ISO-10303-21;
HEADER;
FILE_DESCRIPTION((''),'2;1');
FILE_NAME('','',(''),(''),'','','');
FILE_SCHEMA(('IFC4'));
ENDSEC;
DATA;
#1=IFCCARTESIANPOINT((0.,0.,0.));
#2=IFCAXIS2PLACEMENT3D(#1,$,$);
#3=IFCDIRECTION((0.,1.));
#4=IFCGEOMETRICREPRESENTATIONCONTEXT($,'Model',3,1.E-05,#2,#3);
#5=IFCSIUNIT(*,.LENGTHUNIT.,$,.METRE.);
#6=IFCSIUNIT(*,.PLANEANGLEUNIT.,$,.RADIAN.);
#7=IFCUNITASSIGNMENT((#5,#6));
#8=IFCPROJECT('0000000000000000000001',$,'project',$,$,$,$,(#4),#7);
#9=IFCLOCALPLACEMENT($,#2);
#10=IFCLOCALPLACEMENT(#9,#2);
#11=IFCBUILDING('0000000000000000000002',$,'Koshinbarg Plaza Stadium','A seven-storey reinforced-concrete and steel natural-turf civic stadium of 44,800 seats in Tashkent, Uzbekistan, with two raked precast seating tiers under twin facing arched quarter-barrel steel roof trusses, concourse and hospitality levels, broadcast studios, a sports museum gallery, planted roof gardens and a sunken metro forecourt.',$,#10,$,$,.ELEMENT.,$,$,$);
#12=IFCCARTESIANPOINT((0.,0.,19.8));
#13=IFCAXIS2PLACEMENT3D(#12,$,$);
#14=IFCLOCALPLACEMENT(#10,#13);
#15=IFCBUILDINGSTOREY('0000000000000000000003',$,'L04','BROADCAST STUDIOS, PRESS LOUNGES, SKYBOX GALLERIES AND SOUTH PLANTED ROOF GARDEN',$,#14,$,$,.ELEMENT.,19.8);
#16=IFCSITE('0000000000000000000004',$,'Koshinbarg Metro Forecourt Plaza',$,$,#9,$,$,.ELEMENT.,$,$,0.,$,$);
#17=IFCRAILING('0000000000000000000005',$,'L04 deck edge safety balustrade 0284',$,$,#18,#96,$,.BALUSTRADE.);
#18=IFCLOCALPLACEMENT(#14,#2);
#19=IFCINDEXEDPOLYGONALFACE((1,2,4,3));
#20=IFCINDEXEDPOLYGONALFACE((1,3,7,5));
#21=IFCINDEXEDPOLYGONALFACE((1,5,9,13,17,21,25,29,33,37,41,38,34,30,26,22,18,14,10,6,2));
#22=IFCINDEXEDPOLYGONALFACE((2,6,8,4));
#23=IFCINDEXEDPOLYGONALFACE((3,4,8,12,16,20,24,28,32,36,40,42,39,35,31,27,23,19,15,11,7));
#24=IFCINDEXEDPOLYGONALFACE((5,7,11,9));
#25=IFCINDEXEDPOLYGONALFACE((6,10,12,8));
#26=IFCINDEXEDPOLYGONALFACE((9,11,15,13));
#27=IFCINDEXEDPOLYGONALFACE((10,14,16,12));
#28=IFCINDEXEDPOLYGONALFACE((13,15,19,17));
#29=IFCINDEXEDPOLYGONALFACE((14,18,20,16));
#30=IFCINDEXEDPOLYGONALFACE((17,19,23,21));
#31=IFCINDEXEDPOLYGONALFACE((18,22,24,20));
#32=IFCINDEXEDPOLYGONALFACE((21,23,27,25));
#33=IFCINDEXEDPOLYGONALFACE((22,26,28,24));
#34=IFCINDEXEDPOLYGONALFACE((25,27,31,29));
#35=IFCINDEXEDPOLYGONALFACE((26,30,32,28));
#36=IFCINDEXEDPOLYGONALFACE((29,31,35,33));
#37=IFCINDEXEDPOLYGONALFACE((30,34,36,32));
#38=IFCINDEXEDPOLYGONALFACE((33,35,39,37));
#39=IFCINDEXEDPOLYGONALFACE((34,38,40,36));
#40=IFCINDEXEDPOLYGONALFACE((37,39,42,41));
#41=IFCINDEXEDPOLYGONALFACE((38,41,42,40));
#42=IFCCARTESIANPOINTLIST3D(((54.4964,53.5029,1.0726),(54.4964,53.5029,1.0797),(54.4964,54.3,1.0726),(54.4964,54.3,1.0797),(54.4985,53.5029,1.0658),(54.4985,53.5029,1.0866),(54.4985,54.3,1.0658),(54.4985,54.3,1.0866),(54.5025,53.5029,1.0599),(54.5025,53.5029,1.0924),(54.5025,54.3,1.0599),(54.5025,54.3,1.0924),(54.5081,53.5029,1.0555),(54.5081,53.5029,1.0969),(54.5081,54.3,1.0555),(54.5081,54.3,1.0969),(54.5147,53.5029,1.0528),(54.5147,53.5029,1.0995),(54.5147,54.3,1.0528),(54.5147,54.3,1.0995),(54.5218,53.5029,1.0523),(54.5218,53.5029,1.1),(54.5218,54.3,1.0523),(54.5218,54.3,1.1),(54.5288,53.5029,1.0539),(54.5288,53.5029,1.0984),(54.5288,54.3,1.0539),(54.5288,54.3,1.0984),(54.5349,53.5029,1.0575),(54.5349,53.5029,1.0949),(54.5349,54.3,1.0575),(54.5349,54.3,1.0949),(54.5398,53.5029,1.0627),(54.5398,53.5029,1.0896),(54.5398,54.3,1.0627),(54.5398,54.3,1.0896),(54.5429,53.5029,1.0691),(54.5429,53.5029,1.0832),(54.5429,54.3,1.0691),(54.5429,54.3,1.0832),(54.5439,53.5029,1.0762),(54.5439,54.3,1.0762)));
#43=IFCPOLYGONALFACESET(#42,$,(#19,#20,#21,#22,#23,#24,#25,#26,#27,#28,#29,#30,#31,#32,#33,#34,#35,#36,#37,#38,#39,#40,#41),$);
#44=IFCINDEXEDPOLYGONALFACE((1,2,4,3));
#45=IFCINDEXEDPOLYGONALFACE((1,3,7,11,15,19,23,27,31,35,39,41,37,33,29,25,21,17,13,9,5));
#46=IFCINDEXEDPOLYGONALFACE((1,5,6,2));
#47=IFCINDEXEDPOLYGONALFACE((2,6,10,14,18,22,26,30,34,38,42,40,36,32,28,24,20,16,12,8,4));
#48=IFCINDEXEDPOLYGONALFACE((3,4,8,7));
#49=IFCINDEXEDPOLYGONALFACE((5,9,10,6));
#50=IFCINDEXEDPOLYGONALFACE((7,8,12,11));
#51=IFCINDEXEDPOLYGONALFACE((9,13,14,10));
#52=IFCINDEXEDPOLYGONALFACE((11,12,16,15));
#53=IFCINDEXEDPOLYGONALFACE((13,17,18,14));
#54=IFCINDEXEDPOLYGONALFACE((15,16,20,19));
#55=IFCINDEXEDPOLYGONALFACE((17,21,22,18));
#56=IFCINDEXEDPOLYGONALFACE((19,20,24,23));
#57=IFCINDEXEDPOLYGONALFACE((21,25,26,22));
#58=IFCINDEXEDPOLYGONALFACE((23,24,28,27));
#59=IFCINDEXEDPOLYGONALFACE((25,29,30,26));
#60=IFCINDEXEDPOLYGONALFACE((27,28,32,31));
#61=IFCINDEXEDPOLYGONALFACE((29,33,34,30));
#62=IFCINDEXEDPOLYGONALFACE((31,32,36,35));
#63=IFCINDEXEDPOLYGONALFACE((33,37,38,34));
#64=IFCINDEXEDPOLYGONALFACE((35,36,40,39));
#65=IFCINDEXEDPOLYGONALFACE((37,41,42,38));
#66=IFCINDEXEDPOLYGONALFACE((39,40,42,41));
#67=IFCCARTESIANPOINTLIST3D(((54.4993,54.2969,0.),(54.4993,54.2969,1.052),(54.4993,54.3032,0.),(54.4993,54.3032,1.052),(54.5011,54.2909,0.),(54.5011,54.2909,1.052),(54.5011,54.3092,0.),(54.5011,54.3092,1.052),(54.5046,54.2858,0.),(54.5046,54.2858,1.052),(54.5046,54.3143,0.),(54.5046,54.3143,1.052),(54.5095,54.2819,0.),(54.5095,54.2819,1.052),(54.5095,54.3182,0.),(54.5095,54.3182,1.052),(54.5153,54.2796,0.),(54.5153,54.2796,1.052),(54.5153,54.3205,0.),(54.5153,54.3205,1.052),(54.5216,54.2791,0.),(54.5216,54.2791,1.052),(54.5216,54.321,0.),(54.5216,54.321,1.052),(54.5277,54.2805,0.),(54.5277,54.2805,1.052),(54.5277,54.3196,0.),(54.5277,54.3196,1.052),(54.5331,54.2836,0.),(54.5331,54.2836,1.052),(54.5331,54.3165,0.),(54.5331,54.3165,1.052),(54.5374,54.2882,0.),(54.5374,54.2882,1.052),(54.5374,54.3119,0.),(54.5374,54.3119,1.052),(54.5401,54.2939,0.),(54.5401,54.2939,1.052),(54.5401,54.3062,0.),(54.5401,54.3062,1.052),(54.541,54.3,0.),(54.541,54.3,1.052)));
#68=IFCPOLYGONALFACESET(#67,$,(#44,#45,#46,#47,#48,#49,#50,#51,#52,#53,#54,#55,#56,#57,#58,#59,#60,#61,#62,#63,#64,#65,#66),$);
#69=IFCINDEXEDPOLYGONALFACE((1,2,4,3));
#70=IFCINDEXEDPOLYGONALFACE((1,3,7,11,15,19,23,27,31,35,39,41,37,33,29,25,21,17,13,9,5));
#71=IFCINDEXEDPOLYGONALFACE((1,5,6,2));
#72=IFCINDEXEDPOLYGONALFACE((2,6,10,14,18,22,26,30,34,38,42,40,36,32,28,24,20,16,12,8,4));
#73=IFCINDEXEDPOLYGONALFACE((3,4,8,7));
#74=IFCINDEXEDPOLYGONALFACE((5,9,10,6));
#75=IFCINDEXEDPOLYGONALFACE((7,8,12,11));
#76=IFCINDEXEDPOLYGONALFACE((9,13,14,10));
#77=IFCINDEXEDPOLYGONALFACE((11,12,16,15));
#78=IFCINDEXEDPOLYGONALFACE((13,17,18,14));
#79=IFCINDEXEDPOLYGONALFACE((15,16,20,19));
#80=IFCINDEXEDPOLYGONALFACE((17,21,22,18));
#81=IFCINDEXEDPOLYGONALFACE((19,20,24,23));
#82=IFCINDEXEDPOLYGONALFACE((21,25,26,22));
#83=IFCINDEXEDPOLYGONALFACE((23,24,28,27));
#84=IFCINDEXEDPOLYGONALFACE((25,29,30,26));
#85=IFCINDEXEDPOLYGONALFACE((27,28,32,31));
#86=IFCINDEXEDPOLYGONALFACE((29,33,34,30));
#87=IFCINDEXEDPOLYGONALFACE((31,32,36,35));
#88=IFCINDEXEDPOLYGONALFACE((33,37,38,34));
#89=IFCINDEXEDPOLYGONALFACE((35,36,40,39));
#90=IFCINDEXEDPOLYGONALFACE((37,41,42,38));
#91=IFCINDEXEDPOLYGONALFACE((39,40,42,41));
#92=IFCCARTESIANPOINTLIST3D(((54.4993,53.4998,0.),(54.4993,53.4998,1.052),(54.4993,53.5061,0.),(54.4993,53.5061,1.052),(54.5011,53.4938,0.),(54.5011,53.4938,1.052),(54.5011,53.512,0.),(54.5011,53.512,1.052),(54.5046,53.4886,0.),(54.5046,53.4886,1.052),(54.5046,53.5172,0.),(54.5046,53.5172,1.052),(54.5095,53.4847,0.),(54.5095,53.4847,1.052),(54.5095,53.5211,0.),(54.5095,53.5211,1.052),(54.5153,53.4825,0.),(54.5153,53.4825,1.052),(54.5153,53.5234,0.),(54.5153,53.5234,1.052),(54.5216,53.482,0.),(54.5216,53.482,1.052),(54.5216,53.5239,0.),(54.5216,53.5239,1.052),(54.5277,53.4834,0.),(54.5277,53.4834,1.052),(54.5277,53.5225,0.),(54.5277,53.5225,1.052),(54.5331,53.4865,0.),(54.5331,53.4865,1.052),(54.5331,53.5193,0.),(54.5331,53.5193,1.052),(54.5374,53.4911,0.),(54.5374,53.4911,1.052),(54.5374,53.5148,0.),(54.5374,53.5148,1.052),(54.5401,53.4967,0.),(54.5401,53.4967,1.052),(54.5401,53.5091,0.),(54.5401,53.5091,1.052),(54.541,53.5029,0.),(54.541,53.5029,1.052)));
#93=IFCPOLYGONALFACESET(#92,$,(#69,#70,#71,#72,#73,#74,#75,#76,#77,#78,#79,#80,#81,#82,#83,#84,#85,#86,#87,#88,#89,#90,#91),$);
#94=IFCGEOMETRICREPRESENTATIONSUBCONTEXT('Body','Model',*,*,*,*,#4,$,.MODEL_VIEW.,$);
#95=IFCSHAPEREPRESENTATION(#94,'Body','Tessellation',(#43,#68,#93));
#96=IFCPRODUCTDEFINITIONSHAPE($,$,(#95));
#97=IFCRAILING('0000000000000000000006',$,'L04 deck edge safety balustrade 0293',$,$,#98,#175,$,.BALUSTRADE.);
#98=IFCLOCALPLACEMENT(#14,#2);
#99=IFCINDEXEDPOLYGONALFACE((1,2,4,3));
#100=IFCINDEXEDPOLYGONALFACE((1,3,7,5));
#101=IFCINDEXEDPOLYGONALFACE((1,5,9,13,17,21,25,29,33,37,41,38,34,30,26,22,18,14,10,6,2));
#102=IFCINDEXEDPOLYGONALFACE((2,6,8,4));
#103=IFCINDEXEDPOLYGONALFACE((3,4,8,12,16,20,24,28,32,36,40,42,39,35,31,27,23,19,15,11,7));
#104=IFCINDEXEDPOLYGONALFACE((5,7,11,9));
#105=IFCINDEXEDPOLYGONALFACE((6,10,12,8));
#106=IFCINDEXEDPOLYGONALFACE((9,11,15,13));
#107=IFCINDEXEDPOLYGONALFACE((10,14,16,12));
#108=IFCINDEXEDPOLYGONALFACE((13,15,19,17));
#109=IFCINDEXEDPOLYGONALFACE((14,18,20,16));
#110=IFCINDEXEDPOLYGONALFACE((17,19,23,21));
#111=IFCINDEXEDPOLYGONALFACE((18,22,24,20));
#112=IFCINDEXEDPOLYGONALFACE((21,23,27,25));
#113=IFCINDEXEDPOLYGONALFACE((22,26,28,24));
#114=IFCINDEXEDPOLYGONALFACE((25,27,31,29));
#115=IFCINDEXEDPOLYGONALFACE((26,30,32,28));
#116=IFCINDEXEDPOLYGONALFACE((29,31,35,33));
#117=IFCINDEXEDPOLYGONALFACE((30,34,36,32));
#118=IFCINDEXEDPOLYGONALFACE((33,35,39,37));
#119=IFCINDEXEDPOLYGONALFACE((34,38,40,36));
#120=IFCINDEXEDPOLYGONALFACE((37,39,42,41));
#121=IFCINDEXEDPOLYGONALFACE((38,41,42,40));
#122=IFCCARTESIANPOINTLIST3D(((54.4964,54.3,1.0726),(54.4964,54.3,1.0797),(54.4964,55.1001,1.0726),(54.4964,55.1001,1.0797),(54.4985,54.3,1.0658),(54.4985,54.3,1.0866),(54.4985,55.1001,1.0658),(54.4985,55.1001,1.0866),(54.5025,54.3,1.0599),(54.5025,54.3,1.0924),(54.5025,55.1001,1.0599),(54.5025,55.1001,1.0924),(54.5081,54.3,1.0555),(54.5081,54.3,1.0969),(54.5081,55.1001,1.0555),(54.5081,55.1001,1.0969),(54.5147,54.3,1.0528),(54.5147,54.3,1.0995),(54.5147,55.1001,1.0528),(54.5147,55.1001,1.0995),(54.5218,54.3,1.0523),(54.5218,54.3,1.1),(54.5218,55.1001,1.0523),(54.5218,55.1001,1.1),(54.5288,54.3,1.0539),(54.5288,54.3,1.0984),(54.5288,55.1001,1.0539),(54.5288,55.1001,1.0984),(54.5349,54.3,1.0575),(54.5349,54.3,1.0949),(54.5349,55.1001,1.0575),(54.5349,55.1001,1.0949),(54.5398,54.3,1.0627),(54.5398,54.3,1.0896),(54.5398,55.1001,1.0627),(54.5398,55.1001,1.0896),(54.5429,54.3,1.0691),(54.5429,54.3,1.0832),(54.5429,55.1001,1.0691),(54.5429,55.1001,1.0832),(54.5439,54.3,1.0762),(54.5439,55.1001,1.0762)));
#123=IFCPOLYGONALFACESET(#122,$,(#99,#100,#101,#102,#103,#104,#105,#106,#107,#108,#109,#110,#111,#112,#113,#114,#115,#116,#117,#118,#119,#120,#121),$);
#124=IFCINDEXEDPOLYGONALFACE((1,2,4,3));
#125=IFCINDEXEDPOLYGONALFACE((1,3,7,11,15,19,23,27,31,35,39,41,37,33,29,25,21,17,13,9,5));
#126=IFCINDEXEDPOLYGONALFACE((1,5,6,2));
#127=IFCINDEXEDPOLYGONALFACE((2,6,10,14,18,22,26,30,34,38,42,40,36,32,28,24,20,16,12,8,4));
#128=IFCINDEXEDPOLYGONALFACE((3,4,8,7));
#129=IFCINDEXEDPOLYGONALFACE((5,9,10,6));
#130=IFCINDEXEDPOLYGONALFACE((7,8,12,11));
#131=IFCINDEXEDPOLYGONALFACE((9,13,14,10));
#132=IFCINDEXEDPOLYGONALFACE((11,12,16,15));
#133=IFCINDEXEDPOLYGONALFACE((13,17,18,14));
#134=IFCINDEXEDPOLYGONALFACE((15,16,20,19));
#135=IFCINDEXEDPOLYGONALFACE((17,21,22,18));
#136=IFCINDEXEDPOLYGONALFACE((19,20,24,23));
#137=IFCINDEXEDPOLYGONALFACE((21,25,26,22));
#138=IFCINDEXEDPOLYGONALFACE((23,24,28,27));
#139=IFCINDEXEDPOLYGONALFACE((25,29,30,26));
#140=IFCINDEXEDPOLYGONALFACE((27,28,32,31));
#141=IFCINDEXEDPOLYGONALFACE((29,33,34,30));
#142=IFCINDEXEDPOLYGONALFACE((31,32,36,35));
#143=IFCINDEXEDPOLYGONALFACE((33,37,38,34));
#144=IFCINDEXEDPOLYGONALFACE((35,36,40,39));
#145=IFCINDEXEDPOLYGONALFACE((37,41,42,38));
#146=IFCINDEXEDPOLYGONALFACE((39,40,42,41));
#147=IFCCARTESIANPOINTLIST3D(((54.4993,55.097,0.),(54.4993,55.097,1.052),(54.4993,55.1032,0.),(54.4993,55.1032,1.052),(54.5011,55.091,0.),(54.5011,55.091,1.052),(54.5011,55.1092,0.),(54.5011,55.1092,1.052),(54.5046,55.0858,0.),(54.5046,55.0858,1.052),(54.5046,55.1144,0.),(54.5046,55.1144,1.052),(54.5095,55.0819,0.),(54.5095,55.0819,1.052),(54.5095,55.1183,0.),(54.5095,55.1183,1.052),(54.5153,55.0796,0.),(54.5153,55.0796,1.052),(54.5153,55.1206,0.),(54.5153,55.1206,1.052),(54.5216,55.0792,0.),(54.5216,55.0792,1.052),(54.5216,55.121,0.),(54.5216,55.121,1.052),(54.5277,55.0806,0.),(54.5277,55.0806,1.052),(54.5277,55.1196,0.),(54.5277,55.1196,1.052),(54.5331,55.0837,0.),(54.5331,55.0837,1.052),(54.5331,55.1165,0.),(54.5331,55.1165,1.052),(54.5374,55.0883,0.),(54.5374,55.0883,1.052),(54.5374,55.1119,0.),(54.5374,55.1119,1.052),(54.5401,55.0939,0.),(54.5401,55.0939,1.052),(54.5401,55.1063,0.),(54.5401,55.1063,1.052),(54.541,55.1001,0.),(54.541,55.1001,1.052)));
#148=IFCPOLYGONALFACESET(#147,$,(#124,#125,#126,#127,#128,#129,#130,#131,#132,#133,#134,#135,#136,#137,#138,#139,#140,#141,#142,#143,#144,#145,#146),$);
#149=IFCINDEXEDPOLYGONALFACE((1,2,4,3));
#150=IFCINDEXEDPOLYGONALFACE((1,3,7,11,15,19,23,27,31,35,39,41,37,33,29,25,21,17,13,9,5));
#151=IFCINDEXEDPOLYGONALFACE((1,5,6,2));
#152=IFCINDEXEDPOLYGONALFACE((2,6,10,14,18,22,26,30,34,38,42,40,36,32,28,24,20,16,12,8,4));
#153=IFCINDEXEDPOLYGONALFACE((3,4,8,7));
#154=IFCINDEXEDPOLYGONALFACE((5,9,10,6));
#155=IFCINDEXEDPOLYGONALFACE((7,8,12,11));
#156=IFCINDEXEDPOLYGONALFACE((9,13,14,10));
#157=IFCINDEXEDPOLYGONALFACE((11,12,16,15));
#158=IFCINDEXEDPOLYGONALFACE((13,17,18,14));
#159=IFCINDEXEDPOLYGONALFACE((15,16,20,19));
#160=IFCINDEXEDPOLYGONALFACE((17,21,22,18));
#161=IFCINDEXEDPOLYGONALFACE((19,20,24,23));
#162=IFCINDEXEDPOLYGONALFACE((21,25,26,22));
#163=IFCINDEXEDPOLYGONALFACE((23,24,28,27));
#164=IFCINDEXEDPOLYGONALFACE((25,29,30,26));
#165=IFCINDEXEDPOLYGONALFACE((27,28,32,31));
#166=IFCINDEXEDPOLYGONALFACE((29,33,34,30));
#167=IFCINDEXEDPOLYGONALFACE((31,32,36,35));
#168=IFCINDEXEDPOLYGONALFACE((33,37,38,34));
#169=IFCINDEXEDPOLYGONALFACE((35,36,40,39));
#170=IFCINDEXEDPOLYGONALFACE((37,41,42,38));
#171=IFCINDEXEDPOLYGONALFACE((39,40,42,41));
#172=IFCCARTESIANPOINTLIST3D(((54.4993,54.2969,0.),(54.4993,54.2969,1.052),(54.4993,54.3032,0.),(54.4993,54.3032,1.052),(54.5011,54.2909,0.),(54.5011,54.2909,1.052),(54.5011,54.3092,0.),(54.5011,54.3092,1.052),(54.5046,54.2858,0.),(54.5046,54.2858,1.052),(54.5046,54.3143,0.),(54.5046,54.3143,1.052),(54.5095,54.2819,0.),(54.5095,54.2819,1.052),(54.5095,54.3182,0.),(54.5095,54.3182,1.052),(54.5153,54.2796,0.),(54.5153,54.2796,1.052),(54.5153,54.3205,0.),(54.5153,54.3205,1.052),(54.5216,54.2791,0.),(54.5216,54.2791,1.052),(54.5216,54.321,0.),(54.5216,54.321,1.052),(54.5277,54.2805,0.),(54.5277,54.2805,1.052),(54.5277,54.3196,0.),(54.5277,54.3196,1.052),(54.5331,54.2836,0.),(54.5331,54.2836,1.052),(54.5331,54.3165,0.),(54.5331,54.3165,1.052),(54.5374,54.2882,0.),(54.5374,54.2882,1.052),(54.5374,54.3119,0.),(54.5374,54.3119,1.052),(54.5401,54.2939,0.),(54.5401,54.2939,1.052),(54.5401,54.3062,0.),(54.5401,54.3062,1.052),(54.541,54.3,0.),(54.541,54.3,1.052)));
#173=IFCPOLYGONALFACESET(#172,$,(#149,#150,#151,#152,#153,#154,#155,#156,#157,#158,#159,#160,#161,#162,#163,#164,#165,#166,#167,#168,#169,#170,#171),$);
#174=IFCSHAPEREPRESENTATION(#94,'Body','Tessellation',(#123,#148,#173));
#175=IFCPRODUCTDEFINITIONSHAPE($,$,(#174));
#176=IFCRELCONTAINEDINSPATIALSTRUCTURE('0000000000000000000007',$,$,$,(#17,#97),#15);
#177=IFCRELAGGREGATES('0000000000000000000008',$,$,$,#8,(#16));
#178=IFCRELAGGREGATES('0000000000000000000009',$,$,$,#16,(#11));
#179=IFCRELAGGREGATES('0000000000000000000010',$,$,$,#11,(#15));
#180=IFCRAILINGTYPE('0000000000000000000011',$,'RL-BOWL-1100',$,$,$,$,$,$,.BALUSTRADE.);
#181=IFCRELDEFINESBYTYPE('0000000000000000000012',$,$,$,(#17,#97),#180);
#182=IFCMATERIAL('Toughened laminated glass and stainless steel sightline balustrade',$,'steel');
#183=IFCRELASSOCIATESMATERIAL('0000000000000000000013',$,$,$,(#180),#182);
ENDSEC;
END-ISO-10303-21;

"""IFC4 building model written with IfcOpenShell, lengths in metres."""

from ifc_helpers import new_model, si_unit, direction, frame, origin, origin_2d, place, context, subcontext, project, spatial, circle, extrude, material, type_object, element, save


model = new_model("IFC4")

# Units and contexts
model_context = context("Model", 3, precision=1e-05, world=origin(), true_north=direction((0.0, 1.0)))
body_context = subcontext(model_context, "Body", "Model", "MODEL_VIEW")
ifc_project = project(units=[si_unit("LENGTHUNIT", "METRE"), si_unit("PLANEANGLEUNIT", "RADIAN")], contexts=[model_context])

# Site, building, storey
site_placement = place(None, origin())
site = spatial("IfcSite", under=ifc_project, at=site_placement, Name="Koshinbarg Metro Forecourt Plaza", CompositionType="ELEMENT", RefElevation=0.0)
building_placement = place(site_placement, origin())
building = spatial("IfcBuilding", under=site, at=building_placement, Name="Koshinbarg Plaza Stadium", Description="A seven-storey reinforced-concrete and steel natural-turf civic stadium of 44,800 seats in Tashkent, Uzbekistan, with two raked precast seating tiers under twin facing arched quarter-barrel steel roof trusses, concourse and hospitality levels, broadcast studios, a sports museum gallery, planted roof gardens and a sunken metro forecourt.", CompositionType="ELEMENT")
storey_placement = place(building_placement, frame((0.0, 0.0, 19.8)))
storey = spatial("IfcBuildingStorey", under=building, at=storey_placement, Name="L04", Description="BROADCAST STUDIOS, PRESS LOUNGES, SKYBOX GALLERIES AND SOUTH PLANTED ROOF GARDEN", CompositionType="ELEMENT", Elevation=19.8)

# Railings
ifc_material_1 = material(Name="Toughened laminated glass and stainless steel sightline balustrade", Category="steel")
railing_type = type_object("IfcRailingType", Name="RL-BOWL-1100", PredefinedType="BALUSTRADE", material=ifc_material_1)
railing_1_placement = place(storey_placement, frame((54.52, 54.3, 0.0)))
element("IfcRailing", 1, at=railing_1_placement, inside=storey, type_object=railing_type, Name="L04 deck edge safety balustrade 0284", PredefinedType="BALUSTRADE", context=body_context, shape_type="SweptSolid", body=[
    extrude(circle(Radius=0.0239, at=origin_2d()), frame((0.0, 0.0, 1.0762), z_axis=(0.0, -1.0, 0.0), x_axis=(1.0, 0.0, 0.0)), (0.0, 0.0, 1.0), 0.7971),
    extrude(circle(Radius=0.021, at=origin_2d()), origin(), (0.0, 0.0, 1.0), 1.052),
    extrude(circle(Radius=0.021, at=origin_2d()), frame((0.0, -0.7971, 0.0)), (0.0, 0.0, 1.0), 1.052),
])
railing_2_placement = place(storey_placement, frame((54.52, 55.1001, 0.0)))
element("IfcRailing", 2, at=railing_2_placement, inside=storey, type_object=railing_type, Name="L04 deck edge safety balustrade 0293", PredefinedType="BALUSTRADE", context=body_context, shape_type="SweptSolid", body=[
    extrude(circle(Radius=0.0239, at=origin_2d()), frame((0.0, 0.0, 1.0762), z_axis=(0.0, -1.0, 0.0), x_axis=(1.0, 0.0, 0.0)), (0.0, 0.0, 1.0), 0.8),
    extrude(circle(Radius=0.021, at=origin_2d()), origin(), (0.0, 0.0, 1.0), 1.052),
    extrude(circle(Radius=0.021, at=origin_2d()), frame((0.0, -0.8, 0.0)), (0.0, 0.0, 1.0), 1.052),
])

save(model, "model.ifc")
